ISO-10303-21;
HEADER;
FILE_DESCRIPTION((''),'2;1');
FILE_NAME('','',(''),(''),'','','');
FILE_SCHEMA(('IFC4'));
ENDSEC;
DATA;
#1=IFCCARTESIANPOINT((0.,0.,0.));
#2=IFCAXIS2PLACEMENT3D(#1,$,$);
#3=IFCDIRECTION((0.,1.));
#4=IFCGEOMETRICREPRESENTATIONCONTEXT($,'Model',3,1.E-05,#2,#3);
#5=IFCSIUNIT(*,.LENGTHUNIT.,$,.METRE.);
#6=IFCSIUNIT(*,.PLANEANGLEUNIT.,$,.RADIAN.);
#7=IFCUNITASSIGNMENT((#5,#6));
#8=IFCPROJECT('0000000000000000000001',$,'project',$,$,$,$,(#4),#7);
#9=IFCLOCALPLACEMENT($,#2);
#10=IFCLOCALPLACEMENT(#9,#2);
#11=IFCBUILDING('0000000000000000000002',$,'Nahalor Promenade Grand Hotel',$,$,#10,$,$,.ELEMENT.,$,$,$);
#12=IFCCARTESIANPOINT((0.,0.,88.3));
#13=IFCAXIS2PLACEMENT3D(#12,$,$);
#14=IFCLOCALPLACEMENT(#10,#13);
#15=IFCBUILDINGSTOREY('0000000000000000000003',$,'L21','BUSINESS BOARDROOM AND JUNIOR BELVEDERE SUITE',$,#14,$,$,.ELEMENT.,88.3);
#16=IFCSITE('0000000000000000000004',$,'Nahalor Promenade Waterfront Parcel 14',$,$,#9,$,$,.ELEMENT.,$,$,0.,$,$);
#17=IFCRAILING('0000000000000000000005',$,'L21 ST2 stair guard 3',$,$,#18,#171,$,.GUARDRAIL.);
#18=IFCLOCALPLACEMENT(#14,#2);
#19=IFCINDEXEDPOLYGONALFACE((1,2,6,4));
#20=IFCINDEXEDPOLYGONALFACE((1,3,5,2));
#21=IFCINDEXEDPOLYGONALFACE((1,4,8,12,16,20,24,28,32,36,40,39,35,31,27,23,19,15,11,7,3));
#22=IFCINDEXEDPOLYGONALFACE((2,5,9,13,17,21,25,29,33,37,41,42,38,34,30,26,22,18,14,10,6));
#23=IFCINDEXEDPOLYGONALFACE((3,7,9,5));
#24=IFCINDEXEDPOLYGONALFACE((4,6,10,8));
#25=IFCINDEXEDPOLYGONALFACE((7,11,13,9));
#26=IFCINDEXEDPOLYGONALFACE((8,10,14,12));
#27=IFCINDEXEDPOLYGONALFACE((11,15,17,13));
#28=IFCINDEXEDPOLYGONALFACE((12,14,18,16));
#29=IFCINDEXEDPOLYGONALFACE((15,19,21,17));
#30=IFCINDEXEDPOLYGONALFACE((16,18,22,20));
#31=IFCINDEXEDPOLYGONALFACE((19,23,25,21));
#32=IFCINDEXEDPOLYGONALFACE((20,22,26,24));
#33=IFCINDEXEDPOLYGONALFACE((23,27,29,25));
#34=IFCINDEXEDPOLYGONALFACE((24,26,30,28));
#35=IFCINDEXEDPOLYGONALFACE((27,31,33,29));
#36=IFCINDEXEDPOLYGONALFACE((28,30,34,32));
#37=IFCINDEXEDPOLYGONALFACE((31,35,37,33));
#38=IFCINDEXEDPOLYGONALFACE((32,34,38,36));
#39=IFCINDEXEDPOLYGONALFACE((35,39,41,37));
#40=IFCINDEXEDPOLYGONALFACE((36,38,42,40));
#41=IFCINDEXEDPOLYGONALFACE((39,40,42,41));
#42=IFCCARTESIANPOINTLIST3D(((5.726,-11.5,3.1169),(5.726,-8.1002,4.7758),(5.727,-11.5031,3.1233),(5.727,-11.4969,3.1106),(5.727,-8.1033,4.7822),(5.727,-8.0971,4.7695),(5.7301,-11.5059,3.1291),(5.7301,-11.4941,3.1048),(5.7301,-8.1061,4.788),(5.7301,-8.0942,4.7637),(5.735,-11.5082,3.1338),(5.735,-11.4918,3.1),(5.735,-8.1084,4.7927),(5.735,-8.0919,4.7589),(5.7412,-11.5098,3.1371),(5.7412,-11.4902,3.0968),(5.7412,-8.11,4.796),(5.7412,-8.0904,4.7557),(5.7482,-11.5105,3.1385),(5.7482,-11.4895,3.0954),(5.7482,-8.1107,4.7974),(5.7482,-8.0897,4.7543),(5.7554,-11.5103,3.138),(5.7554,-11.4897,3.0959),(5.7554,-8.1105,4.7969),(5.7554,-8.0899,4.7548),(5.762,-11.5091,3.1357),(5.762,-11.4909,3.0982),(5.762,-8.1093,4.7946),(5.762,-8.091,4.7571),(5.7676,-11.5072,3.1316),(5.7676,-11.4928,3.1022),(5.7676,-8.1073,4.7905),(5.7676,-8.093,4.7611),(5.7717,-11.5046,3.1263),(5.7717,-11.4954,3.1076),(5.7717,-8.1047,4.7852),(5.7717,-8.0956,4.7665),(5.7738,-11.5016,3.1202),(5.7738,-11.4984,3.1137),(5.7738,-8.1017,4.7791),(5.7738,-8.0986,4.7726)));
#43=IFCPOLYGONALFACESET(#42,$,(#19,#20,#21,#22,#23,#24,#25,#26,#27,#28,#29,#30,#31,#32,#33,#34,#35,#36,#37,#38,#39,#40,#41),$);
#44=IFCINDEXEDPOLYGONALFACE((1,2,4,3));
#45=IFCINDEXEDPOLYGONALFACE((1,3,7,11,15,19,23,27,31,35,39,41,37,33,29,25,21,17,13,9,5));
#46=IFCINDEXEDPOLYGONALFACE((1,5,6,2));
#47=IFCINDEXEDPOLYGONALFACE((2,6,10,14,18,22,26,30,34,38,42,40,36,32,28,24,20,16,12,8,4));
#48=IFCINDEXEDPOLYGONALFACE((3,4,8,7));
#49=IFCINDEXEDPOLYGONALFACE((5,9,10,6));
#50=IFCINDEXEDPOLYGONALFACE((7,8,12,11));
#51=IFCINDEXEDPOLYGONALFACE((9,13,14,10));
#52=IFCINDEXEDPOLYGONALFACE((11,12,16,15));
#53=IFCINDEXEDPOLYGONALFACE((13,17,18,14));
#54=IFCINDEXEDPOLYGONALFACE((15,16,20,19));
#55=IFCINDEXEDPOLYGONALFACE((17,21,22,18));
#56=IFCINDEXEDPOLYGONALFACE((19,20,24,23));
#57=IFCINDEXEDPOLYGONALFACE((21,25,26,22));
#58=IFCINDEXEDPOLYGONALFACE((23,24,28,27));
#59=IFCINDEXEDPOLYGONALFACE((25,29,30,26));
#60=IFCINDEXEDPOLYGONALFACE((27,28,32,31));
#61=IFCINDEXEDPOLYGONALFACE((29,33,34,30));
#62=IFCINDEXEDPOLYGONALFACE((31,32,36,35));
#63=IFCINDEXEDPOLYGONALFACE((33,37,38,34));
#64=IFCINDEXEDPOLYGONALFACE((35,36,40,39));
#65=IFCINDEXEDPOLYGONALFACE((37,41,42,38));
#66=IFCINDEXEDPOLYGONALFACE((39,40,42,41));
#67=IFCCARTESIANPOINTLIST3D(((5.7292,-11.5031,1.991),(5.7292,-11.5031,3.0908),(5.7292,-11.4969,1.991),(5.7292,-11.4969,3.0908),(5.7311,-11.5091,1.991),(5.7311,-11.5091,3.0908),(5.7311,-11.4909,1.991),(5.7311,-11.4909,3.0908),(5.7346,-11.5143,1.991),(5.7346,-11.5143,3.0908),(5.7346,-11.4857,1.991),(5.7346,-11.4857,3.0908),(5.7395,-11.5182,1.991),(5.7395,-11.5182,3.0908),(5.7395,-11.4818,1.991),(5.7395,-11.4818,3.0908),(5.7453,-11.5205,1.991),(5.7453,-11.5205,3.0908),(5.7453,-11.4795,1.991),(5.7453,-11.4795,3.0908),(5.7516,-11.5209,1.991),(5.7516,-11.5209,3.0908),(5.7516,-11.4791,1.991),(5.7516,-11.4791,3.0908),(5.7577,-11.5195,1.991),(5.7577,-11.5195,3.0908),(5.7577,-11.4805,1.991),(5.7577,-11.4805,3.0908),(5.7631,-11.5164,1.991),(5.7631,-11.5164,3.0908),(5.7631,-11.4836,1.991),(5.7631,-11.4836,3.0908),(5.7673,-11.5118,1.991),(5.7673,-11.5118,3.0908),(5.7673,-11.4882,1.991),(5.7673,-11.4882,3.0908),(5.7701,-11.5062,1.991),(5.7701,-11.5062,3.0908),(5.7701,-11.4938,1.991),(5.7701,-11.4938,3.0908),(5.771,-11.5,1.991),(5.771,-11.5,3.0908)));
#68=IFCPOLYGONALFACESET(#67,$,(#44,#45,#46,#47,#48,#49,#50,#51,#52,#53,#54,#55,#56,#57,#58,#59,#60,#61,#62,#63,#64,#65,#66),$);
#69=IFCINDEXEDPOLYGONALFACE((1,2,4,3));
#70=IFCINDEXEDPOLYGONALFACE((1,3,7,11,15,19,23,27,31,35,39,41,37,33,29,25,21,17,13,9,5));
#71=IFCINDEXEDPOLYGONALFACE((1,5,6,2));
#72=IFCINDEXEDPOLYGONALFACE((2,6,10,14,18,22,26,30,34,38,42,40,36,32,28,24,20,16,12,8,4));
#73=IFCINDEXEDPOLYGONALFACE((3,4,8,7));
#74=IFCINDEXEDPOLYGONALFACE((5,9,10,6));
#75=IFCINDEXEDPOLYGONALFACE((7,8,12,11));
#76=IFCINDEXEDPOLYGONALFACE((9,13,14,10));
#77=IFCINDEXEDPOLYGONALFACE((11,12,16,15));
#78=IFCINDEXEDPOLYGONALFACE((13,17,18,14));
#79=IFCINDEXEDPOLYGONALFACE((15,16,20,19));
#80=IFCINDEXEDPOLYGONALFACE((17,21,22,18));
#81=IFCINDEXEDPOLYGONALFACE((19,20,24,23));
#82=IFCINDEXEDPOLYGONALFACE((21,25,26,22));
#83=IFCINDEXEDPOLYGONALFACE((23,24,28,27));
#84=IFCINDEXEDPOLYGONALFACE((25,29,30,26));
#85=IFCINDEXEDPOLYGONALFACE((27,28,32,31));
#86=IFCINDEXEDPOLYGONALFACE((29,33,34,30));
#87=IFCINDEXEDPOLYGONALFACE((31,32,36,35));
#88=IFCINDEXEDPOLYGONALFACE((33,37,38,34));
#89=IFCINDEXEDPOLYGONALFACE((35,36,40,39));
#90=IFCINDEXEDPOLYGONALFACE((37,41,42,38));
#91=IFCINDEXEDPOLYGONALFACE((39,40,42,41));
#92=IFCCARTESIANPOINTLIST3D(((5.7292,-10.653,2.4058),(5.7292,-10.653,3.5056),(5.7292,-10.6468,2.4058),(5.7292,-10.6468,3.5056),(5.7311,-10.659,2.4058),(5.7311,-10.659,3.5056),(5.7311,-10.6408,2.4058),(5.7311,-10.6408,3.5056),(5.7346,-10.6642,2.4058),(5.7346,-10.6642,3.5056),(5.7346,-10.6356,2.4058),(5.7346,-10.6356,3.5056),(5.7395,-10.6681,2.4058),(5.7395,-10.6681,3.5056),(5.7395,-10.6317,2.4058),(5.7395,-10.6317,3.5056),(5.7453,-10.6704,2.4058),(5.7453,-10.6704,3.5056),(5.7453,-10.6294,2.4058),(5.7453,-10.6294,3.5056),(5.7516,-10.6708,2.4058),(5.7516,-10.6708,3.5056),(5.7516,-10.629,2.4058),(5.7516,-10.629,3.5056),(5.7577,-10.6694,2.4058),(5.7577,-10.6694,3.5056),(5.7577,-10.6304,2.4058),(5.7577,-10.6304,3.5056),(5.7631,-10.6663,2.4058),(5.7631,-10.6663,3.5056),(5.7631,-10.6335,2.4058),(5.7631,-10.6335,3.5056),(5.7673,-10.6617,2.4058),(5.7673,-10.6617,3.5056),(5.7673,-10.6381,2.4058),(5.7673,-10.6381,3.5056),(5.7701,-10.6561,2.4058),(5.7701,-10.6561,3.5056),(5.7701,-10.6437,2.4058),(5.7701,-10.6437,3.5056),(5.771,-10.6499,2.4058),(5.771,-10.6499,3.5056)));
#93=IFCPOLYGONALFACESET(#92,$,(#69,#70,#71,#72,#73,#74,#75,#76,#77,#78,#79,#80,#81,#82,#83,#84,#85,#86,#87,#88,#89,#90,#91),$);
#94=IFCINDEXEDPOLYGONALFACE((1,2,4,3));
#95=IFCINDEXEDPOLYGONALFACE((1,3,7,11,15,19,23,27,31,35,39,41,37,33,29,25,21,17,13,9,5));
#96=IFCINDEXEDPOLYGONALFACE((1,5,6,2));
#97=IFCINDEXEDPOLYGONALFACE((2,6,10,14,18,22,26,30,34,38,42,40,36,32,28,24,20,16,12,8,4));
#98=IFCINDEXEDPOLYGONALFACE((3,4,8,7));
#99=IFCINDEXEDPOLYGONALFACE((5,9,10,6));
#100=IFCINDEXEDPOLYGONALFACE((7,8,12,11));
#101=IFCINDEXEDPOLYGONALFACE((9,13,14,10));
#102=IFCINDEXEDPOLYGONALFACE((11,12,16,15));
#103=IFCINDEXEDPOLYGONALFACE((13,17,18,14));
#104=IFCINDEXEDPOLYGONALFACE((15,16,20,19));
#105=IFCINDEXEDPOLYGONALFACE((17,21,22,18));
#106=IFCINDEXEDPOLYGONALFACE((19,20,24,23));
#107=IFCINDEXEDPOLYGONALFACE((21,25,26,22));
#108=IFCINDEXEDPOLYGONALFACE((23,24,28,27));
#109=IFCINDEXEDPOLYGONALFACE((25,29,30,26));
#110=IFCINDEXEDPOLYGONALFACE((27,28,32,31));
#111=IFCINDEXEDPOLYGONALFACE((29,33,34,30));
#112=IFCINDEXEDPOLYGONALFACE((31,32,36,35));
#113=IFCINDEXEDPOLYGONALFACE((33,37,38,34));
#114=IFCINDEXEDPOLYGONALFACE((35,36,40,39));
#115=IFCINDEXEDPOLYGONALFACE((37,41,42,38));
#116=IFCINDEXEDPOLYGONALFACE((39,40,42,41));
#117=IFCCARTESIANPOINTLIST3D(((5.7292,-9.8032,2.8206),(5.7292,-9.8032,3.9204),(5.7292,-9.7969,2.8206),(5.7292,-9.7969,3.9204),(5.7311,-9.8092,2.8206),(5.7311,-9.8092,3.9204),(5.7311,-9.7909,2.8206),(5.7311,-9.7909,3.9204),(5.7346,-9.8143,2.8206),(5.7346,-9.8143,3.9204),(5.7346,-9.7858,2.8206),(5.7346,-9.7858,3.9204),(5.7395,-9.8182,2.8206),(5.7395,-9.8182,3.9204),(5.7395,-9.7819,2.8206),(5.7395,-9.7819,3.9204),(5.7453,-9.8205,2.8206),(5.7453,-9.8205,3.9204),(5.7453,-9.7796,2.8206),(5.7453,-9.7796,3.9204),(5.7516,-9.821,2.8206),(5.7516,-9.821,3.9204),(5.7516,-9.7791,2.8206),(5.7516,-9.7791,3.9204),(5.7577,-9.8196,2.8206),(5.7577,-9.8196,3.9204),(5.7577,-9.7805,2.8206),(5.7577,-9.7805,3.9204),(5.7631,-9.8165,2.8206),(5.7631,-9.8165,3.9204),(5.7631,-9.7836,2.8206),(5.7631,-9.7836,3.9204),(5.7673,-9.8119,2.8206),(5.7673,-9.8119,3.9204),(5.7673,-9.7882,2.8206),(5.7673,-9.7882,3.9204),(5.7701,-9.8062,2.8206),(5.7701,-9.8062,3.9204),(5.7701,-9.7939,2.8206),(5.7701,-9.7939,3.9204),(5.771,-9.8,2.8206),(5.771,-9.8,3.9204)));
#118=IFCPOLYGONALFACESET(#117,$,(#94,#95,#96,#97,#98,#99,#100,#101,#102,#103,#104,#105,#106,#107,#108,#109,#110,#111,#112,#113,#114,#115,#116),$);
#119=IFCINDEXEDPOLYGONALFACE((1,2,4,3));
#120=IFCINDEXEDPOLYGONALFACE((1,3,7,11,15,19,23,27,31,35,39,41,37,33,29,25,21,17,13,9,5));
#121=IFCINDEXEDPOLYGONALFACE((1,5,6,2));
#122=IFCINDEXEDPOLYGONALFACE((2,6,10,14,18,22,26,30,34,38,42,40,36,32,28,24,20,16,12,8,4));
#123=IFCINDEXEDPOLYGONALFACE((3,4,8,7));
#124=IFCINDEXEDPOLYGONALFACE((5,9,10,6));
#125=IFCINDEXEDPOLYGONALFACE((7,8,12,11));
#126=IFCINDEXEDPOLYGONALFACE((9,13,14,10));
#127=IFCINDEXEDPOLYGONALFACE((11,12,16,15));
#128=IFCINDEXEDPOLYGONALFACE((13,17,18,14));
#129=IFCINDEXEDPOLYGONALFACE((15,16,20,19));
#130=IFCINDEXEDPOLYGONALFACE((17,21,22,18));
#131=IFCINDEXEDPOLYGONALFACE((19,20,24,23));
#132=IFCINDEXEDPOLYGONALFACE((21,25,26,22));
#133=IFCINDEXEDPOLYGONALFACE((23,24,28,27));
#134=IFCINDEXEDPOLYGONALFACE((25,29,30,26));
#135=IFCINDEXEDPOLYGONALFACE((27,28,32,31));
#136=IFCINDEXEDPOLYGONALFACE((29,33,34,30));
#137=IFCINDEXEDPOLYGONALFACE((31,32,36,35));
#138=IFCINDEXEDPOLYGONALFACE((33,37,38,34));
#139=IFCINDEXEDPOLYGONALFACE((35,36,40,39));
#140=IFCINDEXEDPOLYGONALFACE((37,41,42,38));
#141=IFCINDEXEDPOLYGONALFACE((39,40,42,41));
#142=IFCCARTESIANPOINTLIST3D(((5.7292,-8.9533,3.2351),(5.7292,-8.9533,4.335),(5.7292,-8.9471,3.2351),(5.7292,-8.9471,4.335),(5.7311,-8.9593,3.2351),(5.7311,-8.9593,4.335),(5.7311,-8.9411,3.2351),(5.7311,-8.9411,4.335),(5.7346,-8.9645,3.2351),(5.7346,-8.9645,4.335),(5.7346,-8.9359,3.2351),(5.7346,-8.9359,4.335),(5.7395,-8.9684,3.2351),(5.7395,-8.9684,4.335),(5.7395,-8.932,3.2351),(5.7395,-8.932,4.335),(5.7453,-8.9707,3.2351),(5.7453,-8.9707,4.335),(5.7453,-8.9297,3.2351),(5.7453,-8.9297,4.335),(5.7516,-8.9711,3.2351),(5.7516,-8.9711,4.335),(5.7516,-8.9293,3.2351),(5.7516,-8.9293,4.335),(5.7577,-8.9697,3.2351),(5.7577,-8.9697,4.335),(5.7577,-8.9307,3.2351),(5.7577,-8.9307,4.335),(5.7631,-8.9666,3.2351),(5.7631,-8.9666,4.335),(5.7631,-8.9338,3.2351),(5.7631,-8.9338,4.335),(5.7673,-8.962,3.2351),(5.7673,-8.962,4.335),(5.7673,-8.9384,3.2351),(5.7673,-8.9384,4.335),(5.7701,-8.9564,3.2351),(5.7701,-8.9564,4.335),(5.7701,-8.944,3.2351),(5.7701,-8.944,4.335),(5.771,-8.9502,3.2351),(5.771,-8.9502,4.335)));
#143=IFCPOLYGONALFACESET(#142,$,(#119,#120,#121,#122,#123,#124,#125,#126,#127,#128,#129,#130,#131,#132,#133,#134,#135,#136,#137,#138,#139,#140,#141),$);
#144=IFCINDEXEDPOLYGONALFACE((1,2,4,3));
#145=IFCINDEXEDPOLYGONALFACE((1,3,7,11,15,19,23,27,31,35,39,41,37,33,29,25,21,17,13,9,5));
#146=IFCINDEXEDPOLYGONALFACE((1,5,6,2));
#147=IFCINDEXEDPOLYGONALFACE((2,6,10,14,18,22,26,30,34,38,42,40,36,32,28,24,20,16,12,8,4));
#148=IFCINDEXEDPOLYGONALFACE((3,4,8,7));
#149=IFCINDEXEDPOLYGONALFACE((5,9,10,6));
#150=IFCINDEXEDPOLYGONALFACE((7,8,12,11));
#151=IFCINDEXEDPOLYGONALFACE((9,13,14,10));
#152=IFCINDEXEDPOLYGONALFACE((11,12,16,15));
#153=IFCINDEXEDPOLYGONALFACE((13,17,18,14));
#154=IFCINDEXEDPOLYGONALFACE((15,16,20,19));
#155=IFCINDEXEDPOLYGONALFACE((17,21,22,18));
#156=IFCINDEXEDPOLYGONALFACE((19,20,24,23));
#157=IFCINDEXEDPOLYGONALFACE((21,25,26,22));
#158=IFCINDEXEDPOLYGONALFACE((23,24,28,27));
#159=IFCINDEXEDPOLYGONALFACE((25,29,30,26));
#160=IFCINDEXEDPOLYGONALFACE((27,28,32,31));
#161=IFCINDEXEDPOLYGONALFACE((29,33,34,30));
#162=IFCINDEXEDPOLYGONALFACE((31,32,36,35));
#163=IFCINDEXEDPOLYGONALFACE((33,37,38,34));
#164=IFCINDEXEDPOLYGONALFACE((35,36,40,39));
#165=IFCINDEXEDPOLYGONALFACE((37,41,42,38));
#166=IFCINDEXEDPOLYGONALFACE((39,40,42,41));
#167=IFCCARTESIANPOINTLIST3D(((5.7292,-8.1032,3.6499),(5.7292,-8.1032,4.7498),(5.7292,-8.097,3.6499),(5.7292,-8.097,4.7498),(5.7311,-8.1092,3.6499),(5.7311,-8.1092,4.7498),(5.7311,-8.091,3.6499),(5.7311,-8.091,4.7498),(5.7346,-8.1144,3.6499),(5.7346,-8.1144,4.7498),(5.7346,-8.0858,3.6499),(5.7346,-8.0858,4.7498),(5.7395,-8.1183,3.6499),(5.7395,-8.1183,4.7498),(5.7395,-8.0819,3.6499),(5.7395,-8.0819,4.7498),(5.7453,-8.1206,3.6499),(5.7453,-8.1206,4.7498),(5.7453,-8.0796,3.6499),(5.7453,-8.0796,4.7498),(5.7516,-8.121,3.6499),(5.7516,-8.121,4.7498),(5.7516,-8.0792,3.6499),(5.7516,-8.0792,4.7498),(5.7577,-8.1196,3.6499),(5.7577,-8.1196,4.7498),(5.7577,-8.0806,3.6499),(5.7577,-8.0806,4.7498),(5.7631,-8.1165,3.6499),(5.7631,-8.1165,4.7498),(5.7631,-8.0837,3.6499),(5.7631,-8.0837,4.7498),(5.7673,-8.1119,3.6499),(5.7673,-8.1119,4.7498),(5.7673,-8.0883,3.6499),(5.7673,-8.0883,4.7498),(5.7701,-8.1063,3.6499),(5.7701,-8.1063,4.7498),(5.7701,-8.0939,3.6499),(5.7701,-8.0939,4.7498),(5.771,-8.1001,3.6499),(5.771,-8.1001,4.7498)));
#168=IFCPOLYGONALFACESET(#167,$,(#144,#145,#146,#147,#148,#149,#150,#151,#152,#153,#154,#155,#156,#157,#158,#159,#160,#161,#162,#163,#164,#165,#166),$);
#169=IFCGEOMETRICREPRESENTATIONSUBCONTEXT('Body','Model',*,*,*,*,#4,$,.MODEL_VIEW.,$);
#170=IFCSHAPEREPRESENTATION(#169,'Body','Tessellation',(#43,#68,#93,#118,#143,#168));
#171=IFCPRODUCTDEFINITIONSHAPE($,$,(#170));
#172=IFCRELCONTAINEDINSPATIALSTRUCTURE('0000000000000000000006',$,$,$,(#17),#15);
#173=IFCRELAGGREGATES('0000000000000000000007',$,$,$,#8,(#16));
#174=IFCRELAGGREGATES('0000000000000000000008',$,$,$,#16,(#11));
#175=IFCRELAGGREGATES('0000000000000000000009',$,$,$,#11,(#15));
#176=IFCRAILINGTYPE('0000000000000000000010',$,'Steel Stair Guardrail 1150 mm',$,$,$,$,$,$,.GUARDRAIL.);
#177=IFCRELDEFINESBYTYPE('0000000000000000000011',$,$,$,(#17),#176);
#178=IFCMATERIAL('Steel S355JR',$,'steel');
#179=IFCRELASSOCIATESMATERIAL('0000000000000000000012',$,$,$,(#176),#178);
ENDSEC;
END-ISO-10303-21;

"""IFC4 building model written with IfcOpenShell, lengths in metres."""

from ifc_helpers import new_model, si_unit, direction, frame, origin, origin_2d, place, context, subcontext, project, spatial, circle, extrude, material, type_object, element, save


model = new_model("IFC4")

# Units and contexts
model_context = context("Model", 3, precision=1e-05, world=origin(), true_north=direction((0.0, 1.0)))
body_context = subcontext(model_context, "Body", "Model", "MODEL_VIEW")
ifc_project = project(units=[si_unit("LENGTHUNIT", "METRE"), si_unit("PLANEANGLEUNIT", "RADIAN")], contexts=[model_context])

# Site, building, storey
site_placement = place(None, origin())
site = spatial("IfcSite", under=ifc_project, at=site_placement, Name="Nahalor Promenade Waterfront Parcel 14", CompositionType="ELEMENT", RefElevation=0.0)
building_placement = place(site_placement, origin())
building = spatial("IfcBuilding", under=site, at=building_placement, Name="Nahalor Promenade Grand Hotel", CompositionType="ELEMENT")
storey_placement = place(building_placement, frame((0.0, 0.0, 88.3)))
storey = spatial("IfcBuildingStorey", under=building, at=storey_placement, Name="L21", Description="BUSINESS BOARDROOM AND JUNIOR BELVEDERE SUITE", CompositionType="ELEMENT", Elevation=88.3)

# Shared definitions
ifc_material_1 = material(Name="Steel S355JR", Category="steel")

# Railing
railing_type_1 = type_object("IfcRailingType", Name="Steel Stair Guardrail 1150 mm", PredefinedType="GUARDRAIL", material=ifc_material_1)
railing_1_placement = place(storey_placement, frame((5.75, -11.5, 1.991)))
element("IfcRailing", 1, at=railing_1_placement, inside=storey, type_object=railing_type_1, Name="L21 ST2 stair guard 3", PredefinedType="GUARDRAIL", context=body_context, shape_type="SweptSolid", body=[
    extrude(circle(Radius=0.024, at=origin_2d()), frame((0.0, 0.0, 1.126), z_axis=(0.0, 0.898722, 0.438519), x_axis=(-1.0, 0.0, 0.0)), (0.0, 0.0, 1.0), 3.783),
    extrude(circle(Radius=0.021, at=origin_2d()), origin(), (0.0, 0.0, 1.0), 1.0999),
    extrude(circle(Radius=0.021, at=origin_2d()), frame((0.0, 0.8501, 0.4148)), (0.0, 0.0, 1.0), 1.0999),
    extrude(circle(Radius=0.021, at=origin_2d()), frame((0.0, 1.7, 0.8296)), (0.0, 0.0, 1.0), 1.0999),
    extrude(circle(Radius=0.021, at=origin_2d()), frame((0.0, 2.5498, 1.2441)), (0.0, 0.0, 1.0), 1.0999),
    extrude(circle(Radius=0.021, at=origin_2d()), frame((0.0, 3.3999, 1.6589)), (0.0, 0.0, 1.0), 1.0999),
])

save(model, "model.ifc")
